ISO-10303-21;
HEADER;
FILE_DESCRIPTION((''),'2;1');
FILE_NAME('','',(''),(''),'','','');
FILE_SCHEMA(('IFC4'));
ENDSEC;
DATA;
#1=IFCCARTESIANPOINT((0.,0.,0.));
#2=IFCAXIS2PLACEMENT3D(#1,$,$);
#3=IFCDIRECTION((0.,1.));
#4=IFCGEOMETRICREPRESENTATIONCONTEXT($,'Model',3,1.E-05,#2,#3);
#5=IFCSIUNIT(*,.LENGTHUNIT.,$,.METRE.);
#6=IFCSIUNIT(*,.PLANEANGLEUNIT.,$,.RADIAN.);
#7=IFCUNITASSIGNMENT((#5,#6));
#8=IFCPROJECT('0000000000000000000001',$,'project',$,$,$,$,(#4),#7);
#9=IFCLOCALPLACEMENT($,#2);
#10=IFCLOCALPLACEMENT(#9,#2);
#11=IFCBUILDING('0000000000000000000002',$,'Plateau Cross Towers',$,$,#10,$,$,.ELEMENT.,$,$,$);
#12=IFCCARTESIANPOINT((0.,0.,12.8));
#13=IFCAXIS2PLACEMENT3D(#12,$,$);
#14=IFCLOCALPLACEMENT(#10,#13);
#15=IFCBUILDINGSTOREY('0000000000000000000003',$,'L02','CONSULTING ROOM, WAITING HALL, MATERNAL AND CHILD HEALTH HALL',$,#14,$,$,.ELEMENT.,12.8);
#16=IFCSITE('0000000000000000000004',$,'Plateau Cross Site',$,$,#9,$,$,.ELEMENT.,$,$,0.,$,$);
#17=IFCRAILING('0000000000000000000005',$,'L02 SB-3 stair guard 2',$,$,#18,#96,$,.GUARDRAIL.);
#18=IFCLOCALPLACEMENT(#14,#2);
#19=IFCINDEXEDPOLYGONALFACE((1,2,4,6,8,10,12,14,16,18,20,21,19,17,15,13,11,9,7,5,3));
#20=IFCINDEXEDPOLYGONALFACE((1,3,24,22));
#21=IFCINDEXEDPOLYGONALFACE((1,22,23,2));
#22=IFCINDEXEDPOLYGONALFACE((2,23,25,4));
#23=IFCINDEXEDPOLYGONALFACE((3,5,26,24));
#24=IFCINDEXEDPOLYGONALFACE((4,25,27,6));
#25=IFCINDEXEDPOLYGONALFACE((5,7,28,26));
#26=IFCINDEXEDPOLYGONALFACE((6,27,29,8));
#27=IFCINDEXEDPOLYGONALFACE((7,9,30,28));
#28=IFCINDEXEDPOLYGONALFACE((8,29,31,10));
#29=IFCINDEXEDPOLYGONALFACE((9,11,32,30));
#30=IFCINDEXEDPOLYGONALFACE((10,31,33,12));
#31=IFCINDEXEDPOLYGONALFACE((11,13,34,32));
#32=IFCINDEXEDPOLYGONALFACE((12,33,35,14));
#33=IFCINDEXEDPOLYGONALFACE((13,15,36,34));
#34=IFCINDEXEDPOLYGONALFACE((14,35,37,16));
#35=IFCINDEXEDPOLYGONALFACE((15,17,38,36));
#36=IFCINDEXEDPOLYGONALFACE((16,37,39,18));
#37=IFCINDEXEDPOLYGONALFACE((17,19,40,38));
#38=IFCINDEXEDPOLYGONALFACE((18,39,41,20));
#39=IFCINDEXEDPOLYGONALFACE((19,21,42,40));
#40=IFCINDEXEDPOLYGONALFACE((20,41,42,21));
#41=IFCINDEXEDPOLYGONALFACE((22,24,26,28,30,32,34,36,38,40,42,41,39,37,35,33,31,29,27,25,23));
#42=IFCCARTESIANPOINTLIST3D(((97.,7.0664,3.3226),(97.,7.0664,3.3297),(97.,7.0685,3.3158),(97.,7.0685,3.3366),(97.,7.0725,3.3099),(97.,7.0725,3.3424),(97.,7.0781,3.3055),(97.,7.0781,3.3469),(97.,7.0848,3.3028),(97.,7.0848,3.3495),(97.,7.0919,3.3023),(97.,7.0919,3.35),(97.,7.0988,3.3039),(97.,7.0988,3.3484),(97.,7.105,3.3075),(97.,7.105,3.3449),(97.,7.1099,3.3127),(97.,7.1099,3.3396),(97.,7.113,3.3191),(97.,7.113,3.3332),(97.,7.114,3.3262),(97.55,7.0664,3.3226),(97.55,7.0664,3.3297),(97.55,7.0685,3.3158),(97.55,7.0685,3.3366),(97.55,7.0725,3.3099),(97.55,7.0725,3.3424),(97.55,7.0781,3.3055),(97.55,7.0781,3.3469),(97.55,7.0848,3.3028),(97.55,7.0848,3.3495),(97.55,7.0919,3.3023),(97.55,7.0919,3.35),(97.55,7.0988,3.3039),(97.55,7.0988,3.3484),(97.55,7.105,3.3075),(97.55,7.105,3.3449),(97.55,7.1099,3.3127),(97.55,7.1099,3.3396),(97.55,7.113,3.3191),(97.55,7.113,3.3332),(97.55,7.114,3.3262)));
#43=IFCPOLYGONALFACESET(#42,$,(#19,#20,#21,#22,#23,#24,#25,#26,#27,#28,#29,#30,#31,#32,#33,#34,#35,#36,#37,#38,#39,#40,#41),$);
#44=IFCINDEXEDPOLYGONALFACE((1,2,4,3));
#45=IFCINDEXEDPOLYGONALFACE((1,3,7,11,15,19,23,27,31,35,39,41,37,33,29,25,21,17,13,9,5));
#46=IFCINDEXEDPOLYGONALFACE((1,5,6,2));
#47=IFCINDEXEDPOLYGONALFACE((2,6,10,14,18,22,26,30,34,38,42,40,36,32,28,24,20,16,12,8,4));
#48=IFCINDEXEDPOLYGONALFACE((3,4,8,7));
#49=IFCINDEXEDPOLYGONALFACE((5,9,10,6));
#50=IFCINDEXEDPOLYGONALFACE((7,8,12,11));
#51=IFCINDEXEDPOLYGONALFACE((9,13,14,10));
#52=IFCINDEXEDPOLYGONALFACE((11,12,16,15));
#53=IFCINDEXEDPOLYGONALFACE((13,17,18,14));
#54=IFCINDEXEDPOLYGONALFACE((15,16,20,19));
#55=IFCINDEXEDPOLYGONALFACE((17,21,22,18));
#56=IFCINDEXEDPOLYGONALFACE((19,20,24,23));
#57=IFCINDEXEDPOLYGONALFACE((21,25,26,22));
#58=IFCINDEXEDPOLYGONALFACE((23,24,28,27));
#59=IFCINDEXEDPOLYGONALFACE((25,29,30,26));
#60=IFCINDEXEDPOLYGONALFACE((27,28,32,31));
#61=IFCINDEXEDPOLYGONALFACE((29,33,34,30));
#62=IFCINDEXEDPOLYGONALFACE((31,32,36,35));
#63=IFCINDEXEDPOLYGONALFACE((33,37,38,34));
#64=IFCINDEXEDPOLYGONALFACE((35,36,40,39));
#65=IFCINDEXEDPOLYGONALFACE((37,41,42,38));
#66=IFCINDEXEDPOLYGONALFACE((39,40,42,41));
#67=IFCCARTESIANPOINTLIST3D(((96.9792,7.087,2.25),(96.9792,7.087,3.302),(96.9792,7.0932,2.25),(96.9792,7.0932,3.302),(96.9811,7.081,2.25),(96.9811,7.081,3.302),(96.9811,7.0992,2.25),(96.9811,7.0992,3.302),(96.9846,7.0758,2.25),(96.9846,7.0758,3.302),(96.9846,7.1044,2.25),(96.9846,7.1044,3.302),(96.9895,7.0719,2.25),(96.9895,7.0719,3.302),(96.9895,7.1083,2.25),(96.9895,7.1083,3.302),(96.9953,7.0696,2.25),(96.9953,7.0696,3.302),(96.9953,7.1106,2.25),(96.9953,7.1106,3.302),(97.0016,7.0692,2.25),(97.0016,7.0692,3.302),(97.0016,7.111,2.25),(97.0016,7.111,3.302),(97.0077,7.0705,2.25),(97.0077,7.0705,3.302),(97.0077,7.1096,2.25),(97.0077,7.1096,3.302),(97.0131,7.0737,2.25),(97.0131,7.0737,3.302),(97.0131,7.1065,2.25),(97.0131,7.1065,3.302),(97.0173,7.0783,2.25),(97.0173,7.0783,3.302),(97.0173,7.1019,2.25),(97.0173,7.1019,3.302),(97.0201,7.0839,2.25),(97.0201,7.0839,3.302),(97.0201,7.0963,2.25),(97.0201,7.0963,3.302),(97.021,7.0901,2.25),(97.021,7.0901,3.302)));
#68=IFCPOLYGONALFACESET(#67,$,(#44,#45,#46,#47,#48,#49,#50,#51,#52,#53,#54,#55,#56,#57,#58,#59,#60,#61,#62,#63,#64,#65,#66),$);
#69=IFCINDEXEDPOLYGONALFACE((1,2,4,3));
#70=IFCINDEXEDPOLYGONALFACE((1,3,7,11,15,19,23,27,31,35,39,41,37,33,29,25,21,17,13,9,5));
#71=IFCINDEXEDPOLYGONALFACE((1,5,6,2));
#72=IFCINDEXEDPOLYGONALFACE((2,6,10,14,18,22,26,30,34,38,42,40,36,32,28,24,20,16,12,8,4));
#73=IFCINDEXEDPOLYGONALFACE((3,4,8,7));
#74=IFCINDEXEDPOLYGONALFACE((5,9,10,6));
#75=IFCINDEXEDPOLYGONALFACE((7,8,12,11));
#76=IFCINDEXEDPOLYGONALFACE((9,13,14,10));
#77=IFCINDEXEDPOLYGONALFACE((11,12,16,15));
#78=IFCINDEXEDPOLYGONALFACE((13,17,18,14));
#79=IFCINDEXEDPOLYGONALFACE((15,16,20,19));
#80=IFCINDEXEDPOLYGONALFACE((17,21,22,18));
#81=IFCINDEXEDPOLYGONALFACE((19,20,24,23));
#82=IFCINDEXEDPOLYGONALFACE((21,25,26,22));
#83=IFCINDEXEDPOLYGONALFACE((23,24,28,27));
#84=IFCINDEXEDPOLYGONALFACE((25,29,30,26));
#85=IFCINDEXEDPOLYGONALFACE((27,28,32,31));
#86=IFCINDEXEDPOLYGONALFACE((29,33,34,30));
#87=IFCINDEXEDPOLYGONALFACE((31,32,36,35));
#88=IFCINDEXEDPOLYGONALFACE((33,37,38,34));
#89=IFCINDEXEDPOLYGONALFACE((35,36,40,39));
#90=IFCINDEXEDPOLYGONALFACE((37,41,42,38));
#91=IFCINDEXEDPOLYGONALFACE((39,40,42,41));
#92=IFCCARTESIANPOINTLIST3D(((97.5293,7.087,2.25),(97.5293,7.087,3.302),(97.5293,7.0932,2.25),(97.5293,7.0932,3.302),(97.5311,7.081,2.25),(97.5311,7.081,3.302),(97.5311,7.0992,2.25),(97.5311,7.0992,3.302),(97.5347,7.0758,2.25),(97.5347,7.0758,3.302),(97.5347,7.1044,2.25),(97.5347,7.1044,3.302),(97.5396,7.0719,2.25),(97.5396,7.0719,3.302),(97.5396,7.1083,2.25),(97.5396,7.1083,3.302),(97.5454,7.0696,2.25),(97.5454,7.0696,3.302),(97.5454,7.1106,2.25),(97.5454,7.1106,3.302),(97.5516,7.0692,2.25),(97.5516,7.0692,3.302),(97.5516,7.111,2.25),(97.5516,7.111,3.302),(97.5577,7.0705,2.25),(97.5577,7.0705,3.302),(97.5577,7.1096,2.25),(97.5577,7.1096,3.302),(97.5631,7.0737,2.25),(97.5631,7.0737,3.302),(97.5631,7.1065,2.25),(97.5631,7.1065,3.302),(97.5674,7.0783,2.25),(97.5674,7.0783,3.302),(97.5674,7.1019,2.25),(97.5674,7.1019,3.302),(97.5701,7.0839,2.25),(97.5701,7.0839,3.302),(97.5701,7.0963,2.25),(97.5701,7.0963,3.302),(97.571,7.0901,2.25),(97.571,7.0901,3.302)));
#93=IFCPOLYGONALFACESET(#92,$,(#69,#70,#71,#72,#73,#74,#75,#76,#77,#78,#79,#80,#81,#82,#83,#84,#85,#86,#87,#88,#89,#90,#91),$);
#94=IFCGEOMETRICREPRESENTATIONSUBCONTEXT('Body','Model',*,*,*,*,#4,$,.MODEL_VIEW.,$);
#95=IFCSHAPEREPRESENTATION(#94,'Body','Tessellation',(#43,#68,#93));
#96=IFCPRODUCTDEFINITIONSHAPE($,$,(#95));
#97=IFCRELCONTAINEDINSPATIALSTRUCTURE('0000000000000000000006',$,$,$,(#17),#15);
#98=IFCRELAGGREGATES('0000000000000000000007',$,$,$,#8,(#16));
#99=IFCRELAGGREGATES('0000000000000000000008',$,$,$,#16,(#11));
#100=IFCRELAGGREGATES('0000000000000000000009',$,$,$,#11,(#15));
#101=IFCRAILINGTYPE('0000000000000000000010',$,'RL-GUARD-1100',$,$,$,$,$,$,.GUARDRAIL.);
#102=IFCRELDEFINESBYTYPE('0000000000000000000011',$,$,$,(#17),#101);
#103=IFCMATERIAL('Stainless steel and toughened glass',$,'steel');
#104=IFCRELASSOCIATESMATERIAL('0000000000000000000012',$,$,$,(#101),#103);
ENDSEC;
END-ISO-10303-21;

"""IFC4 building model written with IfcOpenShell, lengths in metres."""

from ifc_helpers import new_model, si_unit, direction, frame, origin, origin_2d, place, context, subcontext, project, spatial, circle, extrude, material, type_object, element, save


model = new_model("IFC4")

# Units and contexts
model_context = context("Model", 3, precision=1e-05, world=origin(), true_north=direction((0.0, 1.0)))
body_context = subcontext(model_context, "Body", "Model", "MODEL_VIEW")
ifc_project = project(units=[si_unit("LENGTHUNIT", "METRE"), si_unit("PLANEANGLEUNIT", "RADIAN")], contexts=[model_context])

# Site, building, storey
site_placement = place(None, origin())
site = spatial("IfcSite", under=ifc_project, at=site_placement, Name="Plateau Cross Site", CompositionType="ELEMENT", RefElevation=0.0)
building_placement = place(site_placement, origin())
building = spatial("IfcBuilding", under=site, at=building_placement, Name="Plateau Cross Towers", CompositionType="ELEMENT")
storey_placement = place(building_placement, frame((0.0, 0.0, 12.8)))
storey = spatial("IfcBuildingStorey", under=building, at=storey_placement, Name="L02", Description="CONSULTING ROOM, WAITING HALL, MATERNAL AND CHILD HEALTH HALL", CompositionType="ELEMENT", Elevation=12.8)

# Railing
ifc_material_1 = material(Name="Stainless steel and toughened glass", Category="steel")
railing_type_1 = type_object("IfcRailingType", Name="RL-GUARD-1100", PredefinedType="GUARDRAIL", material=ifc_material_1)
railing_1_placement = place(storey_placement, frame((97.0, 7.0901, 2.25)))
element("IfcRailing", 1, at=railing_1_placement, inside=storey, type_object=railing_type_1, Name="L02 SB-3 stair guard 2", PredefinedType="GUARDRAIL", context=body_context, shape_type="SweptSolid", body=[
    extrude(circle(Radius=0.0239, at=origin_2d()), frame((0.0, 0.0, 1.0762), z_axis=(1.0, 0.0, 0.0), x_axis=(0.0, 1.0, 0.0)), (0.0, 0.0, 1.0), 0.55),
    extrude(circle(Radius=0.021, at=origin_2d()), origin(), (0.0, 0.0, 1.0), 1.052),
    extrude(circle(Radius=0.021, at=origin_2d()), frame((0.55, 0.0, 0.0)), (0.0, 0.0, 1.0), 1.052),
])

save(model, "model.ifc")
